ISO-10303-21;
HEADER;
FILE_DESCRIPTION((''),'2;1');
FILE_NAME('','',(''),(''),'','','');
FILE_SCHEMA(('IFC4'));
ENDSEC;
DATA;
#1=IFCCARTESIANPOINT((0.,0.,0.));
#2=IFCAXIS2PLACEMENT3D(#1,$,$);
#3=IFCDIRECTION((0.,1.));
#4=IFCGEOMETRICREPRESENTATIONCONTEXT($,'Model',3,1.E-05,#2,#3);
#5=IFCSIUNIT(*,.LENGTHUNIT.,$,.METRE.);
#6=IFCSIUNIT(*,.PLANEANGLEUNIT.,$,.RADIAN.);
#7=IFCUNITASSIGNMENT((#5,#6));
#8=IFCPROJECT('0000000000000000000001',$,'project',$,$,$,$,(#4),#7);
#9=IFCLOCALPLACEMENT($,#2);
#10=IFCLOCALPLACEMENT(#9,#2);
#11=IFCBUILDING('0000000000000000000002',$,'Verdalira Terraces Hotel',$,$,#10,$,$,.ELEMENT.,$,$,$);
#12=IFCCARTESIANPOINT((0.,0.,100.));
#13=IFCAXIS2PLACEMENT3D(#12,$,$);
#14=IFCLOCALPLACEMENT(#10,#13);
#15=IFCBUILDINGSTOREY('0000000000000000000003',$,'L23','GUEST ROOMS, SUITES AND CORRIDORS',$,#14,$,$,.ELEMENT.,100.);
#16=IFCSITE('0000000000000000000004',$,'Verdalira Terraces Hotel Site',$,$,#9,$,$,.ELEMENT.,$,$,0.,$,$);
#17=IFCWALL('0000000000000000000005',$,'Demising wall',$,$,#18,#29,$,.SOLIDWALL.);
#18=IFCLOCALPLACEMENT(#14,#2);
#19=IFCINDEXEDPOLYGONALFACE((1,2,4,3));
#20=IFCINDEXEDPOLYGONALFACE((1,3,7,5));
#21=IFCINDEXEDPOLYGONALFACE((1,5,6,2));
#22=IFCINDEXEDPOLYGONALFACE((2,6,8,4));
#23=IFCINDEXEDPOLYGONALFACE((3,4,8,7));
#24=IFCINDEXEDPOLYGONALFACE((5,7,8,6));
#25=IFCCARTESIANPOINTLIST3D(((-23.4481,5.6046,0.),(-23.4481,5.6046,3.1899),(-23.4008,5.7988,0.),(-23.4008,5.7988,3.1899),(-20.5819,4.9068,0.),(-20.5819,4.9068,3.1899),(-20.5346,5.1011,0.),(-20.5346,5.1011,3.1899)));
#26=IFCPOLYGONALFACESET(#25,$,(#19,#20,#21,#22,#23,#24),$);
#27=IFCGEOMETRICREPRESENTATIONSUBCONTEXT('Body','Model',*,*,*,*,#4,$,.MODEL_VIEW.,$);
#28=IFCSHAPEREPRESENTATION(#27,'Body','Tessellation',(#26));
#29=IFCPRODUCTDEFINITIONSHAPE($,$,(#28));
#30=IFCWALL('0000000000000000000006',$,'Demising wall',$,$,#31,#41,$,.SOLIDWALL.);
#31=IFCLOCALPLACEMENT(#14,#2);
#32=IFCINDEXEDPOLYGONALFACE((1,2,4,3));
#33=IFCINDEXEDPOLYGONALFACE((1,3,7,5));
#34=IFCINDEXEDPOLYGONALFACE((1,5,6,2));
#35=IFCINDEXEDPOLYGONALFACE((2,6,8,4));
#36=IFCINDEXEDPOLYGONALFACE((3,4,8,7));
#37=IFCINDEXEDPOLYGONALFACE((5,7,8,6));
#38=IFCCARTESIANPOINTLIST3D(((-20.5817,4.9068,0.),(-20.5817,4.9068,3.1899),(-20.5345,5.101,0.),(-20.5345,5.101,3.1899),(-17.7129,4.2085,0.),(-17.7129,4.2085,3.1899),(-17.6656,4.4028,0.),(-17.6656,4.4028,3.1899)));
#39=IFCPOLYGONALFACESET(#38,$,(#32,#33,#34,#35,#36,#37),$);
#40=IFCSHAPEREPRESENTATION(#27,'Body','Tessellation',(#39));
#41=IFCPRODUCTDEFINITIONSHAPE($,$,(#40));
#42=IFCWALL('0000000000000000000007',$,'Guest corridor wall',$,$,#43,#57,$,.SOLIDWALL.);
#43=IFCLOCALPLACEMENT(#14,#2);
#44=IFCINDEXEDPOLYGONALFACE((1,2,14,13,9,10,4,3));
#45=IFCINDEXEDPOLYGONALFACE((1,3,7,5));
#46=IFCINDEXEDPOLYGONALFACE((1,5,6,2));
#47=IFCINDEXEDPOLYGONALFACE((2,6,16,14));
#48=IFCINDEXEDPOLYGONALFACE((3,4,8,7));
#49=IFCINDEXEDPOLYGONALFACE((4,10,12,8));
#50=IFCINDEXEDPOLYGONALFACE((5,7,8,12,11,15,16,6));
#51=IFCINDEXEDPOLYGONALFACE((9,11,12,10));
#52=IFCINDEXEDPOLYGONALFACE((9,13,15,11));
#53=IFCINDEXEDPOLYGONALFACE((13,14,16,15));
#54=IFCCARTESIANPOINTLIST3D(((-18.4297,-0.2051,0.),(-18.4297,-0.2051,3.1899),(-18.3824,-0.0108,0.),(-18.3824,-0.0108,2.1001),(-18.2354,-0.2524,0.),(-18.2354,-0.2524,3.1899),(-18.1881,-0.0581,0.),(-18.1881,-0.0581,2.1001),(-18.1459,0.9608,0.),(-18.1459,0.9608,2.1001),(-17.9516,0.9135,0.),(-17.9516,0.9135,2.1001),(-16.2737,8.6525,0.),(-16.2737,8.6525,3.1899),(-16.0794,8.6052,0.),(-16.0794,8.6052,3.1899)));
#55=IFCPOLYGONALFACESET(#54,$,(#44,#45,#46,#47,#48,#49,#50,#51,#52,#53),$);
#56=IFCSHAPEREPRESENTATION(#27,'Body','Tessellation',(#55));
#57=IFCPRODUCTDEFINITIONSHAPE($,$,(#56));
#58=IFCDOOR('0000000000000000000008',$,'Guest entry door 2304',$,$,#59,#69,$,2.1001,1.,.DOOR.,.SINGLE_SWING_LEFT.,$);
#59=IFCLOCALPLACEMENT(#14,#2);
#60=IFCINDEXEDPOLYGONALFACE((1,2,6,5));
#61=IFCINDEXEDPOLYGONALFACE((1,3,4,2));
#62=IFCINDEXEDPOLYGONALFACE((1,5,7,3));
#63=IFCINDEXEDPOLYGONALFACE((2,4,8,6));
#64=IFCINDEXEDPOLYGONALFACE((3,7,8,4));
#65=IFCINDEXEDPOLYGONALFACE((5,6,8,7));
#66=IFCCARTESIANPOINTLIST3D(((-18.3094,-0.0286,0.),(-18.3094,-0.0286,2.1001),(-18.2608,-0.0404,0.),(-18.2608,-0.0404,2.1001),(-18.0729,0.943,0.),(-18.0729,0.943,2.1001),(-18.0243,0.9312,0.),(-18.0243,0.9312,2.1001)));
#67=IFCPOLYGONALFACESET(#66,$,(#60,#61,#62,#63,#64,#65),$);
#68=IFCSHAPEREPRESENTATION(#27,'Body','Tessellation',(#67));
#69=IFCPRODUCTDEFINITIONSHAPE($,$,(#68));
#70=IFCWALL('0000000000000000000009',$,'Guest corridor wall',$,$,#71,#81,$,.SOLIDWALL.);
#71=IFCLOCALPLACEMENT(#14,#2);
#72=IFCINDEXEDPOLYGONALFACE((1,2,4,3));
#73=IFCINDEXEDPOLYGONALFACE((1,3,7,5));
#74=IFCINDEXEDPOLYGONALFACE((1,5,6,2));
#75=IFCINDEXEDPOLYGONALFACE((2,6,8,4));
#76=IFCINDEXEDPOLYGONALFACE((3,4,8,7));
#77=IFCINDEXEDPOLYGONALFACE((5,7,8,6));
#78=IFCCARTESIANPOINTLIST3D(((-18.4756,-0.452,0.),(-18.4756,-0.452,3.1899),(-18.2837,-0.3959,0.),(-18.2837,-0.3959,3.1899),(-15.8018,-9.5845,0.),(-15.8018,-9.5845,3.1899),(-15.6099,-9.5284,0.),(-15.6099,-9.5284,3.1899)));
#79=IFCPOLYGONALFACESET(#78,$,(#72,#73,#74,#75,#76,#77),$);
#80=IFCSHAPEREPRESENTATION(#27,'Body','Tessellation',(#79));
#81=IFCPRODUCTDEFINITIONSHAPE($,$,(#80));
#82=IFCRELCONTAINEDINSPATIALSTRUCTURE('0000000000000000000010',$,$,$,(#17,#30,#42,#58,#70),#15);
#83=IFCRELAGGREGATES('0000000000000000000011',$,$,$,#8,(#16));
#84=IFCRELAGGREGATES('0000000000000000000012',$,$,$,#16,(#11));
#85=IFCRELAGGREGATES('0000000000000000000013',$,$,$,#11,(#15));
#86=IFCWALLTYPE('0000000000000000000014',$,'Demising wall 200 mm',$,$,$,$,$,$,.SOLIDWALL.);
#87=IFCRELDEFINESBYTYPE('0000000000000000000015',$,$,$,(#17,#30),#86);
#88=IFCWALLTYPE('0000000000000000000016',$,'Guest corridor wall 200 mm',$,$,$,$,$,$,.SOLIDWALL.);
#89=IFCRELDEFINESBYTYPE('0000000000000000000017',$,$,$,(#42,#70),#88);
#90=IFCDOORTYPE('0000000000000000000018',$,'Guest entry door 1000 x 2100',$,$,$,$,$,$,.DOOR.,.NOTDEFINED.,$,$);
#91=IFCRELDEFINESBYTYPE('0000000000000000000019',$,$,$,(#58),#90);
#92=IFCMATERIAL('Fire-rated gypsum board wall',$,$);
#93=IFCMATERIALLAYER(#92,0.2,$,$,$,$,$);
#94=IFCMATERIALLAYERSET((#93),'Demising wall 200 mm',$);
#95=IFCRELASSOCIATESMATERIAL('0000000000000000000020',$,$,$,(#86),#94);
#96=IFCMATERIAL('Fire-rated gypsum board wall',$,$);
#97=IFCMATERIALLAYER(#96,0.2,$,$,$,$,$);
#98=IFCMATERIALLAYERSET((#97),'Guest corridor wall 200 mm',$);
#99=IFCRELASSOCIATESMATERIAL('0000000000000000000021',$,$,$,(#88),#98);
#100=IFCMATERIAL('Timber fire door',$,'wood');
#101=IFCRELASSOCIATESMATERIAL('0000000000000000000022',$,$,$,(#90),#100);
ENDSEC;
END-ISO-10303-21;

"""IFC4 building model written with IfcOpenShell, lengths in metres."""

from ifc_helpers import new_model, si_unit, direction, frame, frame_2d, origin, place, context, subcontext, project, spatial, rectangle, extrude, material, layer, layer_set, type_object, element, fill, save


model = new_model("IFC4")

# Units and contexts
model_context = context("Model", 3, precision=1e-05, world=origin(), true_north=direction((0.0, 1.0)))
body_context = subcontext(model_context, "Body", "Model", "MODEL_VIEW")
ifc_project = project(units=[si_unit("LENGTHUNIT", "METRE"), si_unit("PLANEANGLEUNIT", "RADIAN")], contexts=[model_context])

# Site, building, storey
site_placement = place(None, origin())
site = spatial("IfcSite", under=ifc_project, at=site_placement, Name="Verdalira Terraces Hotel Site", CompositionType="ELEMENT", RefElevation=0.0)
building_placement = place(site_placement, origin())
building = spatial("IfcBuilding", under=site, at=building_placement, Name="Verdalira Terraces Hotel", CompositionType="ELEMENT")
storey_placement = place(building_placement, frame((0.0, 0.0, 100.0)))
storey = spatial("IfcBuildingStorey", under=building, at=storey_placement, Name="L23", Description="GUEST ROOMS, SUITES AND CORRIDORS", CompositionType="ELEMENT", Elevation=100.0)

# Walls
ifc_material_1 = material(Name="Fire-rated gypsum board wall")
ifc_layer_1 = layer(ifc_material_1, 0.2)
ifc_layer_set_1 = layer_set([ifc_layer_1], Name="Demising wall 200 mm")
wall_type_1 = type_object("IfcWallType", Name="Demising wall 200 mm", PredefinedType="SOLIDWALL", material=ifc_layer_set_1)
wall_1_placement = place(storey_placement, frame((-20.5581, 5.0039, 0.0), z_axis=(0.0, 0.0, 1.0), x_axis=(-0.971623, 0.236533, 0.0)))
element("IfcWall", 1, at=wall_1_placement, inside=storey, type_object=wall_type_1, Name="Demising wall", PredefinedType="SOLIDWALL", context=body_context, shape_type="SweptSolid", body=[
    extrude(rectangle(XDim=2.95, YDim=0.2, at=frame_2d((1.4751, 0.0))), origin(), (0.0, 0.0, 1.0), 3.1899),
])
wall_2_placement = place(storey_placement, frame((-17.6892, 4.3057, 0.0), z_axis=(0.0, 0.0, 1.0), x_axis=(-0.971636, 0.23648, 0.0)))
element("IfcWall", 2, at=wall_2_placement, inside=storey, type_object=wall_type_1, Name="Demising wall", PredefinedType="SOLIDWALL", context=body_context, shape_type="SweptSolid", body=[
    extrude(rectangle(XDim=2.9526, YDim=0.2, at=frame_2d((1.4763, 0.0))), origin(), (0.0, 0.0, 1.0), 3.1899),
])

# Wall, opening, door
ifc_material_2 = material(Name="Fire-rated gypsum board wall")
ifc_layer_2 = layer(ifc_material_2, 0.2)
ifc_layer_set_2 = layer_set([ifc_layer_2], Name="Guest corridor wall 200 mm")
wall_type_2 = type_object("IfcWallType", Name="Guest corridor wall 200 mm", PredefinedType="SOLIDWALL", material=ifc_layer_set_2)
wall_3_placement = place(storey_placement, frame((-18.3325, -0.2288, 0.0), z_axis=(0.0, 0.0, 1.0), x_axis=(0.236501, 0.971631, 0.0)))
wall_3 = element("IfcWall", 3, at=wall_3_placement, inside=storey, type_object=wall_type_2, Name="Guest corridor wall", PredefinedType="SOLIDWALL", context=body_context, shape_type="SweptSolid", body=[
    extrude(rectangle(XDim=9.1162, YDim=0.2, at=frame_2d((4.5581, 0.0))), origin(), (0.0, 0.0, 1.0), 3.1899),
])
opening_1_placement = place(wall_3_placement, frame((0.2, 0.0, 0.0)))
opening_1 = element("IfcOpeningElement", 4, at=opening_1_placement, cuts=wall_3, PredefinedType="OPENING", context=body_context, shape_type="SweptSolid", body=[
    extrude(rectangle(XDim=1.0, YDim=2.1001, at=frame_2d((0.5, 1.05))), frame((0.0, 0.1099, 0.0), z_axis=(0.0, -1.0, 0.0), x_axis=(1.0, 0.0, 0.0)), (0.0, 0.0, 1.0), 0.22),
])
ifc_material_3 = material(Name="Timber fire door", Category="wood")
door_type_1 = type_object("IfcDoorType", Name="Guest entry door 1000 x 2100", OperationType="NOTDEFINED", PredefinedType="DOOR", material=ifc_material_3)
door_1_placement = place(opening_1_placement, origin())
door_1 = element("IfcDoor", 5, at=door_1_placement, inside=storey, type_object=door_type_1, Name="Guest entry door 2304", OperationType="SINGLE_SWING_LEFT", OverallHeight=2.1001, OverallWidth=1.0, PredefinedType="DOOR", context=body_context, shape_type="SweptSolid", body=[
    extrude(rectangle(XDim=1.0, YDim=2.1001, at=frame_2d((0.5, 1.05))), frame((0.0, 0.0249, 0.0), z_axis=(0.0, -1.0, 0.0), x_axis=(1.0, 0.0, 0.0)), (0.0, 0.0, 1.0), 0.05),
])
fill(opening_1, door_1)

# Wall
wall_4_placement = place(storey_placement, frame((-18.3796, -0.4241, 0.0), z_axis=(0.0, 0.0, 1.0), x_axis=(0.280984, -0.959712, 0.0)))
element("IfcWall", 6, at=wall_4_placement, inside=storey, type_object=wall_type_2, Name="Guest corridor wall", PredefinedType="SOLIDWALL", context=body_context, shape_type="SweptSolid", body=[
    extrude(rectangle(XDim=9.5159, YDim=0.2, at=frame_2d((4.7578, 0.0))), origin(), (0.0, 0.0, 1.0), 3.1899),
])

save(model, "model.ifc")
